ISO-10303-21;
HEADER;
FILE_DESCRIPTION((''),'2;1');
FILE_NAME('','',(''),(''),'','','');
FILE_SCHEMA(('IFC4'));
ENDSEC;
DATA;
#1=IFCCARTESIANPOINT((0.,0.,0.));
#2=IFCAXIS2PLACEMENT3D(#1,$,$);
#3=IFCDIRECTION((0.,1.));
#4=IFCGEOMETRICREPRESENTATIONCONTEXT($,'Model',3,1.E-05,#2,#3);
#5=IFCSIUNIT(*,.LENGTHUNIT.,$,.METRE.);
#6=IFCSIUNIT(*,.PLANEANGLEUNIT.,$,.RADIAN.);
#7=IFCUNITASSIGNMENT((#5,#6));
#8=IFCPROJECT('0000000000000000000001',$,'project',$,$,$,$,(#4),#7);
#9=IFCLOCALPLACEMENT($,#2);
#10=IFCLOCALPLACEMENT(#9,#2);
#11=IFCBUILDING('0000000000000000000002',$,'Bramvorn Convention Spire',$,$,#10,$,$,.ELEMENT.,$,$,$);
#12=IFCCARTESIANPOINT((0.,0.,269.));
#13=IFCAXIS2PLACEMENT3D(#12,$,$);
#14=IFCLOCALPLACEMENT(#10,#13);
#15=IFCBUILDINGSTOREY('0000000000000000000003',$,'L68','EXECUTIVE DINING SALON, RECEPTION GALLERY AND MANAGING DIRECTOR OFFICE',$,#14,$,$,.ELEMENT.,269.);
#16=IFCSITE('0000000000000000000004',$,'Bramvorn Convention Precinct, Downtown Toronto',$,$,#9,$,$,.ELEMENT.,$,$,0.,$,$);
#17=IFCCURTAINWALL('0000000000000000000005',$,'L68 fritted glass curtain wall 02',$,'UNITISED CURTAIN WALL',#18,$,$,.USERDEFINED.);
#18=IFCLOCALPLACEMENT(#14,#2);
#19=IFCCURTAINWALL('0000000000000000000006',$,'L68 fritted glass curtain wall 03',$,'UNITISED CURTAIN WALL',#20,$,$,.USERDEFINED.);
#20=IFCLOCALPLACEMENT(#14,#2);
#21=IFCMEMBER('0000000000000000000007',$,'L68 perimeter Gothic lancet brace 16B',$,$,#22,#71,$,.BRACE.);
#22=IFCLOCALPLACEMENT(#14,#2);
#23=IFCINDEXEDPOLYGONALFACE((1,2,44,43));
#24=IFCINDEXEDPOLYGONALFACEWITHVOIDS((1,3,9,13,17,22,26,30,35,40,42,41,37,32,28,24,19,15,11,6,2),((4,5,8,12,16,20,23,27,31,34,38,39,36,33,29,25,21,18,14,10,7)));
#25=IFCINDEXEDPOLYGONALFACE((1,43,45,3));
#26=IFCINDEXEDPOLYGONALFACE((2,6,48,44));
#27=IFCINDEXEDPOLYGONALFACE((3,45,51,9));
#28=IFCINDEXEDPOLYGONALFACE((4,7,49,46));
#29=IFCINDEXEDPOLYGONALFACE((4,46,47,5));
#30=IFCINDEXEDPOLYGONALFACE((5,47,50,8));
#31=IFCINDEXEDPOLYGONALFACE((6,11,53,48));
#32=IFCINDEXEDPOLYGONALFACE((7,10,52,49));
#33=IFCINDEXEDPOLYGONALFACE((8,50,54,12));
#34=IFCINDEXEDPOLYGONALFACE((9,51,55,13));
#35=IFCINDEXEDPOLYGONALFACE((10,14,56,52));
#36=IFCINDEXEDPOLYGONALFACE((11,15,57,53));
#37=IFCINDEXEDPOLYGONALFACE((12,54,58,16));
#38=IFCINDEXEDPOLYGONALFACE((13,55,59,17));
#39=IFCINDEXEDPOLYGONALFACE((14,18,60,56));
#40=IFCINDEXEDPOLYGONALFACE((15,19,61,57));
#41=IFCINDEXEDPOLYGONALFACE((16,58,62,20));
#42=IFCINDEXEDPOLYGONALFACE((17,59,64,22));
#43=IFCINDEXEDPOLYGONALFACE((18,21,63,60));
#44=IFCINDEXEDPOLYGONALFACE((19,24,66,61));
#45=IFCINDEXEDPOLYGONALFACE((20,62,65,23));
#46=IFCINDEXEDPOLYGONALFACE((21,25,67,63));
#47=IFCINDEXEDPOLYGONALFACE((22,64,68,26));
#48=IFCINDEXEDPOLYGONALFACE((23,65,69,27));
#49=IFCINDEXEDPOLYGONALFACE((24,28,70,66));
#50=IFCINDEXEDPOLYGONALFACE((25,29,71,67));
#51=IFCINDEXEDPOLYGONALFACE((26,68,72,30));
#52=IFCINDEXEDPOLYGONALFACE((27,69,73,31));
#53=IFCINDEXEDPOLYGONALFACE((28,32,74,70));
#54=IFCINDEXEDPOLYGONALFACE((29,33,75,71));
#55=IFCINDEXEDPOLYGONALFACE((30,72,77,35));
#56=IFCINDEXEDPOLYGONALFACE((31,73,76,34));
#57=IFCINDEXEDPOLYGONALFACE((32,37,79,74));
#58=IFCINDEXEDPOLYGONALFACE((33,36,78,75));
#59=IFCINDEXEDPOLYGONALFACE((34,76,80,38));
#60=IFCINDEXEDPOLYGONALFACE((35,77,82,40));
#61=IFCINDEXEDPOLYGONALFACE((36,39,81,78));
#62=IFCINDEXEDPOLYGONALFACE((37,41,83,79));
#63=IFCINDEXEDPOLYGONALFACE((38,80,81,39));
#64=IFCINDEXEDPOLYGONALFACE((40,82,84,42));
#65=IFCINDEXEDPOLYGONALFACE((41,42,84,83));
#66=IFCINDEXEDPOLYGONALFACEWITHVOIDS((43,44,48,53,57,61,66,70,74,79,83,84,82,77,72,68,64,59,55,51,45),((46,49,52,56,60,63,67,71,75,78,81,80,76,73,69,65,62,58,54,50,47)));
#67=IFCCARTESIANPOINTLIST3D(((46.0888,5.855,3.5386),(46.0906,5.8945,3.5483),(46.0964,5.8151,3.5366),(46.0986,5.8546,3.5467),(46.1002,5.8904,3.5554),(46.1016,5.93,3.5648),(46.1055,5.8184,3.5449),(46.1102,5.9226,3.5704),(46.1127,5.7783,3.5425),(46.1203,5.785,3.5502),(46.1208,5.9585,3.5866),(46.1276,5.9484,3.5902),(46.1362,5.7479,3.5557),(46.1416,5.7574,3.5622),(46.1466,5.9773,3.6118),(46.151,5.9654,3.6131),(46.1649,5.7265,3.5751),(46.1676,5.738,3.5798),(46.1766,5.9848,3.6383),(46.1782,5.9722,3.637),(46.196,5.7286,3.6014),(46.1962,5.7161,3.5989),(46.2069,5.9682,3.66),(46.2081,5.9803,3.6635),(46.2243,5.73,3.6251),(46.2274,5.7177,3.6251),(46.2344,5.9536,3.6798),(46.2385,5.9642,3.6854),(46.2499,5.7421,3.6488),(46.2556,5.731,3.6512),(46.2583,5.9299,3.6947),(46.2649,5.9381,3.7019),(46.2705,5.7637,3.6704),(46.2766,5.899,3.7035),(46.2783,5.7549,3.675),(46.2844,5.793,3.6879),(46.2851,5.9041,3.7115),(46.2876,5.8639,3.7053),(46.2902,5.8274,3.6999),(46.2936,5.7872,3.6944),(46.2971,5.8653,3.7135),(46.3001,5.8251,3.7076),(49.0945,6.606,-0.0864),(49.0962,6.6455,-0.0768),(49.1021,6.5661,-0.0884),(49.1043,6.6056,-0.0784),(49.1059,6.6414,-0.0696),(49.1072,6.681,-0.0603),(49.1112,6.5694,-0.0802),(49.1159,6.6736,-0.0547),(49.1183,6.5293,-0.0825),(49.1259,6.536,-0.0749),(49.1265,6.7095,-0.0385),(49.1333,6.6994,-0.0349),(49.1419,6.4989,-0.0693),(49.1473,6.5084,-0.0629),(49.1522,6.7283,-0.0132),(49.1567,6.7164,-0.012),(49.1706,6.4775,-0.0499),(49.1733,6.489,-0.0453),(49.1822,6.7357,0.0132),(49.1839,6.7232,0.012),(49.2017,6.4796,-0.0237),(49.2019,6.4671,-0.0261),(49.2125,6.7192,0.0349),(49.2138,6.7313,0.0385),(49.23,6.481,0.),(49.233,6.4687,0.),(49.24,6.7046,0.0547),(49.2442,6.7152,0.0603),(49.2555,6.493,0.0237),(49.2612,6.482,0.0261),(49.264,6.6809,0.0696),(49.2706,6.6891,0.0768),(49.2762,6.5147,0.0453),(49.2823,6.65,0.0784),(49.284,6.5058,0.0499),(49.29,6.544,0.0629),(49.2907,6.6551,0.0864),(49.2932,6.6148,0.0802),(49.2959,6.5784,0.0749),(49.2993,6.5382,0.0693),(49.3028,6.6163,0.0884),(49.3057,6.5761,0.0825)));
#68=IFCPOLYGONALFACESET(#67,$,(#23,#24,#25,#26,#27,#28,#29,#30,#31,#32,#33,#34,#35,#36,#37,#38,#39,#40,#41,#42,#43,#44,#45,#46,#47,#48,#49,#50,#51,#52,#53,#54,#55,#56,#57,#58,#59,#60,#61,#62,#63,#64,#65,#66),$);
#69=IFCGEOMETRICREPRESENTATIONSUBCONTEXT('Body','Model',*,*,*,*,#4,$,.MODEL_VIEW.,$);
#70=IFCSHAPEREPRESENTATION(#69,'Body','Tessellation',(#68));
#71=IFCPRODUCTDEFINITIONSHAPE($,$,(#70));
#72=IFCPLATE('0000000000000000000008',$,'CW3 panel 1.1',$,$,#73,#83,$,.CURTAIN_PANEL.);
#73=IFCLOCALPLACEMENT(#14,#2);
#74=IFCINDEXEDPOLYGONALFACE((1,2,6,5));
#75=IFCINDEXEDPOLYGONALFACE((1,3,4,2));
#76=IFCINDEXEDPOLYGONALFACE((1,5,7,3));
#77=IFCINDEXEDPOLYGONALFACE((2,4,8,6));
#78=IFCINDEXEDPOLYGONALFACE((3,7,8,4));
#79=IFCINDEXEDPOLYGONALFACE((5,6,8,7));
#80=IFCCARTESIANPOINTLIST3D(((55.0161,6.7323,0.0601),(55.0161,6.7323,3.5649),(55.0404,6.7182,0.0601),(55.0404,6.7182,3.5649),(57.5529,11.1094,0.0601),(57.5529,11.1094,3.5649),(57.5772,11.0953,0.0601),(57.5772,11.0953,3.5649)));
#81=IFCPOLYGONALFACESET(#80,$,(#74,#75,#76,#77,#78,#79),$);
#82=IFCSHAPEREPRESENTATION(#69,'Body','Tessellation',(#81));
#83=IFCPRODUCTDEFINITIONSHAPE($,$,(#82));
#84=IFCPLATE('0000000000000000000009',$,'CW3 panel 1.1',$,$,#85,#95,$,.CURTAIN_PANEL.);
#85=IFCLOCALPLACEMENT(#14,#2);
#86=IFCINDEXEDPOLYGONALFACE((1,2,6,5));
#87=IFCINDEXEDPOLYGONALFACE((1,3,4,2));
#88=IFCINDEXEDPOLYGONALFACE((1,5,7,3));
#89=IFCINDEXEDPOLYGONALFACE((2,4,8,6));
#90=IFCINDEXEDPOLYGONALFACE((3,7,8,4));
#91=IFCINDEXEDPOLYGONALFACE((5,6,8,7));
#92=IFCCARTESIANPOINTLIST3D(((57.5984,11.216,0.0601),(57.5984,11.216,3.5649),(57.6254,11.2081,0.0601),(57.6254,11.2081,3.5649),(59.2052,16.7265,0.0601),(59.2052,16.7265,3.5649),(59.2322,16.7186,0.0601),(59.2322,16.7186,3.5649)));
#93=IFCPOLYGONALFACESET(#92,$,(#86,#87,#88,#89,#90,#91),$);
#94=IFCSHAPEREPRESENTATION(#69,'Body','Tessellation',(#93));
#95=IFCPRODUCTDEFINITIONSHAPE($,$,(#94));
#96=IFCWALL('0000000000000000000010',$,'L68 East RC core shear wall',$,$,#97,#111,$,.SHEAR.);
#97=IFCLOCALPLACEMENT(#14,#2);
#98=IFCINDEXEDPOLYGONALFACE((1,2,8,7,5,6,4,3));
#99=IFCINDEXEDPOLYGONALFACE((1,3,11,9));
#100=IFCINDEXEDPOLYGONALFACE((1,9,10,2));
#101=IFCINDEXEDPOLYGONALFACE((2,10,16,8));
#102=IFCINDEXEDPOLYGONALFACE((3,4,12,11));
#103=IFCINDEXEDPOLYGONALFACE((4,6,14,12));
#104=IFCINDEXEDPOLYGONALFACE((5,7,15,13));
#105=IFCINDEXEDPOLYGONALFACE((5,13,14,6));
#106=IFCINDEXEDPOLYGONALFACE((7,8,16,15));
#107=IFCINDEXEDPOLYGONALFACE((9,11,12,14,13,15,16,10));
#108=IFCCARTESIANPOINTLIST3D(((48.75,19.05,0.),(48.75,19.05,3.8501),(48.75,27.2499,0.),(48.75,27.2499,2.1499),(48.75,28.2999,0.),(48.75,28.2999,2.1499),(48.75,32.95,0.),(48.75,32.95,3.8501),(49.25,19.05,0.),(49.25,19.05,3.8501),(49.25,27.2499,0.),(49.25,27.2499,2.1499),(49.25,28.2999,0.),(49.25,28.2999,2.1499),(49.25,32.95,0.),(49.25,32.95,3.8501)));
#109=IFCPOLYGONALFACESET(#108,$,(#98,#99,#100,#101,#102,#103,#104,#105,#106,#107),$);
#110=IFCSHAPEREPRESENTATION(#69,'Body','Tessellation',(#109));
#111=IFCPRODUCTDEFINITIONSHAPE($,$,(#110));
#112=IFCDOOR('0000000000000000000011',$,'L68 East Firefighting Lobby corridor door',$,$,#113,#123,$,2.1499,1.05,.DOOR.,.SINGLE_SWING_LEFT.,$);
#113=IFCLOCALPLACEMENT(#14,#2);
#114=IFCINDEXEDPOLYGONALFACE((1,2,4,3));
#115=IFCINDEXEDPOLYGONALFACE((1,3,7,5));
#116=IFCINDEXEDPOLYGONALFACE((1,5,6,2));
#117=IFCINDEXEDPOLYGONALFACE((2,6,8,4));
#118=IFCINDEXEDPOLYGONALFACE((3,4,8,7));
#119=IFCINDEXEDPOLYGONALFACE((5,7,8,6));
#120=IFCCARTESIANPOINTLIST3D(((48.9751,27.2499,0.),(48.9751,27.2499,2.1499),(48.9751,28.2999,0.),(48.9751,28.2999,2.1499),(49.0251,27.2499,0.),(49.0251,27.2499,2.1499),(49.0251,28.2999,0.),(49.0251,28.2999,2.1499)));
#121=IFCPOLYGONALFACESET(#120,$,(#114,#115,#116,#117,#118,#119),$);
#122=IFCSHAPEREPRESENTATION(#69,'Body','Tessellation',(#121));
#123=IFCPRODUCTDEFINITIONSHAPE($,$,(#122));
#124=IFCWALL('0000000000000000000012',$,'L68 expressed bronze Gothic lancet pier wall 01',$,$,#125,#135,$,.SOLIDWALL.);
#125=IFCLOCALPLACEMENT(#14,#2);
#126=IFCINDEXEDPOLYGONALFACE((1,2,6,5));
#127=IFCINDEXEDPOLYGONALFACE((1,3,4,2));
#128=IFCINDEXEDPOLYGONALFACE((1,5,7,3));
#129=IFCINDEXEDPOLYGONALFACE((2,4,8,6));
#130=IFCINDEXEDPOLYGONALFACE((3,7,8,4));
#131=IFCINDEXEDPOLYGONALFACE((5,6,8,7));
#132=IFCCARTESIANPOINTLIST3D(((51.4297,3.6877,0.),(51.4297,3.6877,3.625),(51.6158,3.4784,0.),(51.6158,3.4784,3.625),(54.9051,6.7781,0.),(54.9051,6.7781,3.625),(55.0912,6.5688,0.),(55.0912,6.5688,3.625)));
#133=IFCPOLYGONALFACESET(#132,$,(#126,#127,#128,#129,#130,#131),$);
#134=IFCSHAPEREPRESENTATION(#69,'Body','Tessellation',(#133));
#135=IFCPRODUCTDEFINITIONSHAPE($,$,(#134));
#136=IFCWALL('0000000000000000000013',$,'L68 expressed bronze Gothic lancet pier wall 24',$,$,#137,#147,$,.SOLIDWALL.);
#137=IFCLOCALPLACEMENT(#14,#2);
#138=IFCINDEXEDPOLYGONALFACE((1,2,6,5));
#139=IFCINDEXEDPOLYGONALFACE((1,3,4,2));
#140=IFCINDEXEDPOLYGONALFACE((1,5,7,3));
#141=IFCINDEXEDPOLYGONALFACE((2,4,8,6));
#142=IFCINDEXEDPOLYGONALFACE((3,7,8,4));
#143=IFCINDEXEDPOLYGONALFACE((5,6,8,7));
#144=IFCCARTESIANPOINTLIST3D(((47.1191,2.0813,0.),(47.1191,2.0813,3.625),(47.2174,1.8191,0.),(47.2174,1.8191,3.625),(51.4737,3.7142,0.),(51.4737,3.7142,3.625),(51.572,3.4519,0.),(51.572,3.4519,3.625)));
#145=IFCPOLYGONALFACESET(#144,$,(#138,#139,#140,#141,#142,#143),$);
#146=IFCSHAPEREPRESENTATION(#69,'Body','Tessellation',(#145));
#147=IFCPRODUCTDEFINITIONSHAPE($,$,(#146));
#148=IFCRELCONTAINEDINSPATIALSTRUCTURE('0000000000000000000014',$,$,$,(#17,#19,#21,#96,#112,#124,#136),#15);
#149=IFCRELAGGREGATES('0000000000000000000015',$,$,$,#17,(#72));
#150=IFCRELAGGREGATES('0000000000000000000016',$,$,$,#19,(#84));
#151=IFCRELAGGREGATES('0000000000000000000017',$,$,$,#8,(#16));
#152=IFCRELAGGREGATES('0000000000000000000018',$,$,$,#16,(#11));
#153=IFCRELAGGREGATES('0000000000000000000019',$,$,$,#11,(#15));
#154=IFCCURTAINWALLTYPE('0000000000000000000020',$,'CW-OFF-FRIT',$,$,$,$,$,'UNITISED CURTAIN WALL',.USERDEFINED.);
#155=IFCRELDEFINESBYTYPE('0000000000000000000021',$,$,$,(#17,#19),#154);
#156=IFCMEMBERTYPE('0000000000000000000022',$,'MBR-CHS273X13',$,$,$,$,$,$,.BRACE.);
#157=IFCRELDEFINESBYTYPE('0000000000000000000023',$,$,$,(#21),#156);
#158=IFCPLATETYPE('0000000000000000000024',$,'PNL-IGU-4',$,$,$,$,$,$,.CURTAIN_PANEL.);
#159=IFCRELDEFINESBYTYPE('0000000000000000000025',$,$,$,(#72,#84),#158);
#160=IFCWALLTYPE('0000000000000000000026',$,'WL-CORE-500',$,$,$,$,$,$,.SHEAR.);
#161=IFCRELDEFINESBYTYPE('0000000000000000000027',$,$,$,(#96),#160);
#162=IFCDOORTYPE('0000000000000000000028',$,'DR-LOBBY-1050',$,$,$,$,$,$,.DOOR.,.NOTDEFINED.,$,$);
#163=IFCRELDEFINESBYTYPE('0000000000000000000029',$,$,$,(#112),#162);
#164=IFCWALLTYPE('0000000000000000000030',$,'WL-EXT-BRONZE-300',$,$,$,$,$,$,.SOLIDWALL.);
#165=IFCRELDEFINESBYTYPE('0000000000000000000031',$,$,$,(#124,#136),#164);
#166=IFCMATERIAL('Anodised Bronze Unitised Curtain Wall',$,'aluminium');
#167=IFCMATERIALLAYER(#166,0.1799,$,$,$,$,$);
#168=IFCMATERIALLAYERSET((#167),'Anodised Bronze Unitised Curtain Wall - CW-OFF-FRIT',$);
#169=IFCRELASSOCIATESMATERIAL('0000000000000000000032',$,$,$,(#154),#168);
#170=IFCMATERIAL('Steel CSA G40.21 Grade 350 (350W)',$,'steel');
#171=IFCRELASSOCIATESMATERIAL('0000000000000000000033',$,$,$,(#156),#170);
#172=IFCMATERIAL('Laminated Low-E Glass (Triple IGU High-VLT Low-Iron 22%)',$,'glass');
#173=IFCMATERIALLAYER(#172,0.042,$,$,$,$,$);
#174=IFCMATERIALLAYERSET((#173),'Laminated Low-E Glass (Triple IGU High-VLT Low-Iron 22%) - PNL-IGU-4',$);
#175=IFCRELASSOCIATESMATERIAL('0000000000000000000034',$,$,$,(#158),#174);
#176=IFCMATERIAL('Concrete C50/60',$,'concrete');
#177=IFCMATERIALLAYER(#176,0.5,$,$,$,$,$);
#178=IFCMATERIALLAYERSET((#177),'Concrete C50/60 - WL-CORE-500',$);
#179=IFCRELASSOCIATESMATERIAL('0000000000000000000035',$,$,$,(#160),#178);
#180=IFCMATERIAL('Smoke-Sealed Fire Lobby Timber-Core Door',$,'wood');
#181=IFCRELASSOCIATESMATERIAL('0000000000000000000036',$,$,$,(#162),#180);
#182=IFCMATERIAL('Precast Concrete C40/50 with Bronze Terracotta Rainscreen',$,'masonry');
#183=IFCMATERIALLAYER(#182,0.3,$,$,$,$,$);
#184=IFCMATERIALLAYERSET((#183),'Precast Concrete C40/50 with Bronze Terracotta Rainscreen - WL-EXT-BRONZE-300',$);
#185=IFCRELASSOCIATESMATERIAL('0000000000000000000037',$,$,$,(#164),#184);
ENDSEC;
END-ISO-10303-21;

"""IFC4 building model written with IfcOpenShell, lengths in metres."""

from ifc_helpers import new_model, si_unit, direction, frame, frame_2d, origin, origin_2d, place, context, subcontext, project, spatial, rectangle, hollow_circle, extrude, material, layer, layer_set, material_profile, profile_set, type_object, element, fill, aggregate, save


model = new_model("IFC4")

# Units and contexts
model_context = context("Model", 3, precision=1e-05, world=origin(), true_north=direction((0.0, 1.0)))
body_context = subcontext(model_context, "Body", "Model", "MODEL_VIEW")
ifc_project = project(units=[si_unit("LENGTHUNIT", "METRE"), si_unit("PLANEANGLEUNIT", "RADIAN")], contexts=[model_context])

# Site, building, storey
site_placement = place(None, origin())
site = spatial("IfcSite", under=ifc_project, at=site_placement, Name="Bramvorn Convention Precinct, Downtown Toronto", CompositionType="ELEMENT", RefElevation=0.0)
building_placement = place(site_placement, origin())
building = spatial("IfcBuilding", under=site, at=building_placement, Name="Bramvorn Convention Spire", CompositionType="ELEMENT")
storey_placement = place(building_placement, frame((0.0, 0.0, 269.0)))
storey = spatial("IfcBuildingStorey", under=building, at=storey_placement, Name="L68", Description="EXECUTIVE DINING SALON, RECEPTION GALLERY AND MANAGING DIRECTOR OFFICE", CompositionType="ELEMENT", Elevation=269.0)

# Shared definitions
ifc_material_1 = material(Name="Steel CSA G40.21 Grade 350 (350W)", Category="steel")

# Curtain walls
ifc_material_2 = material(Name="Anodised Bronze Unitised Curtain Wall", Category="aluminium")
ifc_layer_1 = layer(ifc_material_2, 0.1799)
ifc_layer_set_1 = layer_set([ifc_layer_1], Name="Anodised Bronze Unitised Curtain Wall - CW-OFF-FRIT")
curtain_wall_type = type_object("IfcCurtainWallType", Name="CW-OFF-FRIT", ElementType="UNITISED CURTAIN WALL", PredefinedType="USERDEFINED", material=ifc_layer_set_1)
curtain_wall_1_placement = place(storey_placement, origin())
curtain_wall_1 = element("IfcCurtainWall", 1, at=curtain_wall_1_placement, inside=storey, type_object=curtain_wall_type, Name="L68 fritted glass curtain wall 02", ObjectType="UNITISED CURTAIN WALL", PredefinedType="USERDEFINED")
curtain_wall_2_placement = place(storey_placement, origin())
curtain_wall_2 = element("IfcCurtainWall", 2, at=curtain_wall_2_placement, inside=storey, type_object=curtain_wall_type, Name="L68 fritted glass curtain wall 03", ObjectType="UNITISED CURTAIN WALL", PredefinedType="USERDEFINED")

# Member
ifc_material_profile_1 = material_profile(ifc_material_1, hollow_circle(Radius=0.1365, WallThickness=0.0127, at=origin_2d()))
ifc_profile_set_1 = profile_set([ifc_material_profile_1], Name="Steel CSA G40.21 Grade 350 (350W) - CHS273X13")
member_type_1 = type_object("IfcMemberType", Name="MBR-CHS273X13", PredefinedType="BRACE", material=ifc_profile_set_1)
member_1_placement = place(storey_placement, frame((49.2, 6.6011, 0.0), z_axis=(-0.63031, -0.157488, 0.760202), x_axis=(0.242406, -0.970175, 0.0)))
element("IfcMember", 3, at=member_1_placement, inside=storey, type_object=member_type_1, Name="L68 perimeter Gothic lancet brace 16B", PredefinedType="BRACE", context=body_context, shape_type="SweptSolid", body=[
    extrude(hollow_circle(Radius=0.1365, WallThickness=0.0127, at=origin_2d()), origin(), (0.0, 0.0, 1.0), 4.7686),
])

# Plates
ifc_material_3 = material(Name="Laminated Low-E Glass (Triple IGU High-VLT Low-Iron 22%)", Category="glass")
ifc_layer_2 = layer(ifc_material_3, 0.042)
ifc_layer_set_2 = layer_set([ifc_layer_2], Name="Laminated Low-E Glass (Triple IGU High-VLT Low-Iron 22%) - PNL-IGU-4")
plate_type = type_object("IfcPlateType", Name="PNL-IGU-4", PredefinedType="CURTAIN_PANEL", material=ifc_layer_set_2)
plate_1_placement = place(storey_placement, frame((56.2966, 8.9138, 0.0601), z_axis=(0.0, 0.0, 1.0), x_axis=(-0.501432, -0.865197, 0.0)))
plate_1 = element("IfcPlate", 4, at=plate_1_placement, type_object=plate_type, Name="CW3 panel 1.1", PredefinedType="CURTAIN_PANEL", context=body_context, shape_type="SweptSolid", body=[
    extrude(rectangle(XDim=5.0591, YDim=0.0281, at=origin_2d()), origin(), (0.0, 0.0, 1.0), 3.5049),
])
aggregate(curtain_wall_1, [plate_1])
plate_2_placement = place(storey_placement, frame((58.4153, 13.9673, 0.0601), z_axis=(0.0, 0.0, 1.0), x_axis=(-0.279933, -0.96002, 0.0)))
plate_2 = element("IfcPlate", 5, at=plate_2_placement, type_object=plate_type, Name="CW3 panel 1.1", PredefinedType="CURTAIN_PANEL", context=body_context, shape_type="SweptSolid", body=[
    extrude(rectangle(XDim=5.74, YDim=0.0281, at=origin_2d()), origin(), (0.0, 0.0, 1.0), 3.5049),
])
aggregate(curtain_wall_2, [plate_2])

# Wall, opening, door
ifc_material_4 = material(Name="Concrete C50/60", Category="concrete")
ifc_layer_3 = layer(ifc_material_4, 0.5)
ifc_layer_set_3 = layer_set([ifc_layer_3], Name="Concrete C50/60 - WL-CORE-500")
wall_type_1 = type_object("IfcWallType", Name="WL-CORE-500", PredefinedType="SHEAR", material=ifc_layer_set_3)
wall_1_placement = place(storey_placement, frame((49.0, 19.05, 0.0), z_axis=(0.0, 0.0, 1.0), x_axis=(0.0, 1.0, 0.0)))
wall_1 = element("IfcWall", 6, at=wall_1_placement, inside=storey, type_object=wall_type_1, Name="L68 East RC core shear wall", PredefinedType="SHEAR", context=body_context, shape_type="SweptSolid", body=[
    extrude(rectangle(XDim=13.8999, YDim=0.5, at=frame_2d((6.95, 0.0))), origin(), (0.0, 0.0, 1.0), 3.8501),
])
opening_1_placement = place(wall_1_placement, frame((8.2, 0.0, 0.0)))
opening_1 = element("IfcOpeningElement", 7, at=opening_1_placement, cuts=wall_1, PredefinedType="OPENING", context=body_context, shape_type="SweptSolid", body=[
    extrude(rectangle(XDim=1.05, YDim=2.1499, at=frame_2d((0.5249, 1.075))), frame((0.0, 0.26, 0.0), z_axis=(0.0, -1.0, 0.0), x_axis=(1.0, 0.0, 0.0)), (0.0, 0.0, 1.0), 0.52),
])
ifc_material_5 = material(Name="Smoke-Sealed Fire Lobby Timber-Core Door", Category="wood")
door_type_1 = type_object("IfcDoorType", Name="DR-LOBBY-1050", OperationType="NOTDEFINED", PredefinedType="DOOR", material=ifc_material_5)
door_1_placement = place(opening_1_placement, origin())
door_1 = element("IfcDoor", 8, at=door_1_placement, inside=storey, type_object=door_type_1, Name="L68 East Firefighting Lobby corridor door", OperationType="SINGLE_SWING_LEFT", OverallHeight=2.1499, OverallWidth=1.05, PredefinedType="DOOR", context=body_context, shape_type="SweptSolid", body=[
    extrude(rectangle(XDim=1.05, YDim=2.1499, at=frame_2d((0.5249, 1.075))), frame((0.0, 0.0249, 0.0), z_axis=(0.0, -1.0, 0.0), x_axis=(1.0, 0.0, 0.0)), (0.0, 0.0, 1.0), 0.05),
])
fill(opening_1, door_1)

# Walls
ifc_material_6 = material(Name="Precast Concrete C40/50 with Bronze Terracotta Rainscreen", Category="masonry")
ifc_layer_4 = layer(ifc_material_6, 0.3)
ifc_layer_set_4 = layer_set([ifc_layer_4], Name="Precast Concrete C40/50 with Bronze Terracotta Rainscreen - WL-EXT-BRONZE-300")
wall_type_2 = type_object("IfcWallType", Name="WL-EXT-BRONZE-300", PredefinedType="SOLIDWALL", material=ifc_layer_set_4)
for number, where, z_axis, x_axis, name in (
    (9, (54.998, 6.6733, 0.0), (0.0, 0.0, 1.0), (-0.747288, -0.664501, 0.0), "L68 expressed bronze Gothic lancet pier wall 01"),
    (10, (51.5227, 3.583, 0.0), (0.0, 0.0, 1.0), (-0.936338, -0.3511, 0.0), "L68 expressed bronze Gothic lancet pier wall 24"),
):
    element("IfcWall", number, at=place(storey_placement, frame(where, z_axis=z_axis, x_axis=x_axis)), inside=storey, type_object=wall_type_2, Name=name, PredefinedType="SOLIDWALL", context=body_context, shape_type="SweptSolid", body=[
        extrude(rectangle(XDim=4.6506, YDim=0.28, at=frame_2d((2.3252, 0.0))), origin(), (0.0, 0.0, 1.0), 3.625),
    ])

save(model, "model.ifc")
